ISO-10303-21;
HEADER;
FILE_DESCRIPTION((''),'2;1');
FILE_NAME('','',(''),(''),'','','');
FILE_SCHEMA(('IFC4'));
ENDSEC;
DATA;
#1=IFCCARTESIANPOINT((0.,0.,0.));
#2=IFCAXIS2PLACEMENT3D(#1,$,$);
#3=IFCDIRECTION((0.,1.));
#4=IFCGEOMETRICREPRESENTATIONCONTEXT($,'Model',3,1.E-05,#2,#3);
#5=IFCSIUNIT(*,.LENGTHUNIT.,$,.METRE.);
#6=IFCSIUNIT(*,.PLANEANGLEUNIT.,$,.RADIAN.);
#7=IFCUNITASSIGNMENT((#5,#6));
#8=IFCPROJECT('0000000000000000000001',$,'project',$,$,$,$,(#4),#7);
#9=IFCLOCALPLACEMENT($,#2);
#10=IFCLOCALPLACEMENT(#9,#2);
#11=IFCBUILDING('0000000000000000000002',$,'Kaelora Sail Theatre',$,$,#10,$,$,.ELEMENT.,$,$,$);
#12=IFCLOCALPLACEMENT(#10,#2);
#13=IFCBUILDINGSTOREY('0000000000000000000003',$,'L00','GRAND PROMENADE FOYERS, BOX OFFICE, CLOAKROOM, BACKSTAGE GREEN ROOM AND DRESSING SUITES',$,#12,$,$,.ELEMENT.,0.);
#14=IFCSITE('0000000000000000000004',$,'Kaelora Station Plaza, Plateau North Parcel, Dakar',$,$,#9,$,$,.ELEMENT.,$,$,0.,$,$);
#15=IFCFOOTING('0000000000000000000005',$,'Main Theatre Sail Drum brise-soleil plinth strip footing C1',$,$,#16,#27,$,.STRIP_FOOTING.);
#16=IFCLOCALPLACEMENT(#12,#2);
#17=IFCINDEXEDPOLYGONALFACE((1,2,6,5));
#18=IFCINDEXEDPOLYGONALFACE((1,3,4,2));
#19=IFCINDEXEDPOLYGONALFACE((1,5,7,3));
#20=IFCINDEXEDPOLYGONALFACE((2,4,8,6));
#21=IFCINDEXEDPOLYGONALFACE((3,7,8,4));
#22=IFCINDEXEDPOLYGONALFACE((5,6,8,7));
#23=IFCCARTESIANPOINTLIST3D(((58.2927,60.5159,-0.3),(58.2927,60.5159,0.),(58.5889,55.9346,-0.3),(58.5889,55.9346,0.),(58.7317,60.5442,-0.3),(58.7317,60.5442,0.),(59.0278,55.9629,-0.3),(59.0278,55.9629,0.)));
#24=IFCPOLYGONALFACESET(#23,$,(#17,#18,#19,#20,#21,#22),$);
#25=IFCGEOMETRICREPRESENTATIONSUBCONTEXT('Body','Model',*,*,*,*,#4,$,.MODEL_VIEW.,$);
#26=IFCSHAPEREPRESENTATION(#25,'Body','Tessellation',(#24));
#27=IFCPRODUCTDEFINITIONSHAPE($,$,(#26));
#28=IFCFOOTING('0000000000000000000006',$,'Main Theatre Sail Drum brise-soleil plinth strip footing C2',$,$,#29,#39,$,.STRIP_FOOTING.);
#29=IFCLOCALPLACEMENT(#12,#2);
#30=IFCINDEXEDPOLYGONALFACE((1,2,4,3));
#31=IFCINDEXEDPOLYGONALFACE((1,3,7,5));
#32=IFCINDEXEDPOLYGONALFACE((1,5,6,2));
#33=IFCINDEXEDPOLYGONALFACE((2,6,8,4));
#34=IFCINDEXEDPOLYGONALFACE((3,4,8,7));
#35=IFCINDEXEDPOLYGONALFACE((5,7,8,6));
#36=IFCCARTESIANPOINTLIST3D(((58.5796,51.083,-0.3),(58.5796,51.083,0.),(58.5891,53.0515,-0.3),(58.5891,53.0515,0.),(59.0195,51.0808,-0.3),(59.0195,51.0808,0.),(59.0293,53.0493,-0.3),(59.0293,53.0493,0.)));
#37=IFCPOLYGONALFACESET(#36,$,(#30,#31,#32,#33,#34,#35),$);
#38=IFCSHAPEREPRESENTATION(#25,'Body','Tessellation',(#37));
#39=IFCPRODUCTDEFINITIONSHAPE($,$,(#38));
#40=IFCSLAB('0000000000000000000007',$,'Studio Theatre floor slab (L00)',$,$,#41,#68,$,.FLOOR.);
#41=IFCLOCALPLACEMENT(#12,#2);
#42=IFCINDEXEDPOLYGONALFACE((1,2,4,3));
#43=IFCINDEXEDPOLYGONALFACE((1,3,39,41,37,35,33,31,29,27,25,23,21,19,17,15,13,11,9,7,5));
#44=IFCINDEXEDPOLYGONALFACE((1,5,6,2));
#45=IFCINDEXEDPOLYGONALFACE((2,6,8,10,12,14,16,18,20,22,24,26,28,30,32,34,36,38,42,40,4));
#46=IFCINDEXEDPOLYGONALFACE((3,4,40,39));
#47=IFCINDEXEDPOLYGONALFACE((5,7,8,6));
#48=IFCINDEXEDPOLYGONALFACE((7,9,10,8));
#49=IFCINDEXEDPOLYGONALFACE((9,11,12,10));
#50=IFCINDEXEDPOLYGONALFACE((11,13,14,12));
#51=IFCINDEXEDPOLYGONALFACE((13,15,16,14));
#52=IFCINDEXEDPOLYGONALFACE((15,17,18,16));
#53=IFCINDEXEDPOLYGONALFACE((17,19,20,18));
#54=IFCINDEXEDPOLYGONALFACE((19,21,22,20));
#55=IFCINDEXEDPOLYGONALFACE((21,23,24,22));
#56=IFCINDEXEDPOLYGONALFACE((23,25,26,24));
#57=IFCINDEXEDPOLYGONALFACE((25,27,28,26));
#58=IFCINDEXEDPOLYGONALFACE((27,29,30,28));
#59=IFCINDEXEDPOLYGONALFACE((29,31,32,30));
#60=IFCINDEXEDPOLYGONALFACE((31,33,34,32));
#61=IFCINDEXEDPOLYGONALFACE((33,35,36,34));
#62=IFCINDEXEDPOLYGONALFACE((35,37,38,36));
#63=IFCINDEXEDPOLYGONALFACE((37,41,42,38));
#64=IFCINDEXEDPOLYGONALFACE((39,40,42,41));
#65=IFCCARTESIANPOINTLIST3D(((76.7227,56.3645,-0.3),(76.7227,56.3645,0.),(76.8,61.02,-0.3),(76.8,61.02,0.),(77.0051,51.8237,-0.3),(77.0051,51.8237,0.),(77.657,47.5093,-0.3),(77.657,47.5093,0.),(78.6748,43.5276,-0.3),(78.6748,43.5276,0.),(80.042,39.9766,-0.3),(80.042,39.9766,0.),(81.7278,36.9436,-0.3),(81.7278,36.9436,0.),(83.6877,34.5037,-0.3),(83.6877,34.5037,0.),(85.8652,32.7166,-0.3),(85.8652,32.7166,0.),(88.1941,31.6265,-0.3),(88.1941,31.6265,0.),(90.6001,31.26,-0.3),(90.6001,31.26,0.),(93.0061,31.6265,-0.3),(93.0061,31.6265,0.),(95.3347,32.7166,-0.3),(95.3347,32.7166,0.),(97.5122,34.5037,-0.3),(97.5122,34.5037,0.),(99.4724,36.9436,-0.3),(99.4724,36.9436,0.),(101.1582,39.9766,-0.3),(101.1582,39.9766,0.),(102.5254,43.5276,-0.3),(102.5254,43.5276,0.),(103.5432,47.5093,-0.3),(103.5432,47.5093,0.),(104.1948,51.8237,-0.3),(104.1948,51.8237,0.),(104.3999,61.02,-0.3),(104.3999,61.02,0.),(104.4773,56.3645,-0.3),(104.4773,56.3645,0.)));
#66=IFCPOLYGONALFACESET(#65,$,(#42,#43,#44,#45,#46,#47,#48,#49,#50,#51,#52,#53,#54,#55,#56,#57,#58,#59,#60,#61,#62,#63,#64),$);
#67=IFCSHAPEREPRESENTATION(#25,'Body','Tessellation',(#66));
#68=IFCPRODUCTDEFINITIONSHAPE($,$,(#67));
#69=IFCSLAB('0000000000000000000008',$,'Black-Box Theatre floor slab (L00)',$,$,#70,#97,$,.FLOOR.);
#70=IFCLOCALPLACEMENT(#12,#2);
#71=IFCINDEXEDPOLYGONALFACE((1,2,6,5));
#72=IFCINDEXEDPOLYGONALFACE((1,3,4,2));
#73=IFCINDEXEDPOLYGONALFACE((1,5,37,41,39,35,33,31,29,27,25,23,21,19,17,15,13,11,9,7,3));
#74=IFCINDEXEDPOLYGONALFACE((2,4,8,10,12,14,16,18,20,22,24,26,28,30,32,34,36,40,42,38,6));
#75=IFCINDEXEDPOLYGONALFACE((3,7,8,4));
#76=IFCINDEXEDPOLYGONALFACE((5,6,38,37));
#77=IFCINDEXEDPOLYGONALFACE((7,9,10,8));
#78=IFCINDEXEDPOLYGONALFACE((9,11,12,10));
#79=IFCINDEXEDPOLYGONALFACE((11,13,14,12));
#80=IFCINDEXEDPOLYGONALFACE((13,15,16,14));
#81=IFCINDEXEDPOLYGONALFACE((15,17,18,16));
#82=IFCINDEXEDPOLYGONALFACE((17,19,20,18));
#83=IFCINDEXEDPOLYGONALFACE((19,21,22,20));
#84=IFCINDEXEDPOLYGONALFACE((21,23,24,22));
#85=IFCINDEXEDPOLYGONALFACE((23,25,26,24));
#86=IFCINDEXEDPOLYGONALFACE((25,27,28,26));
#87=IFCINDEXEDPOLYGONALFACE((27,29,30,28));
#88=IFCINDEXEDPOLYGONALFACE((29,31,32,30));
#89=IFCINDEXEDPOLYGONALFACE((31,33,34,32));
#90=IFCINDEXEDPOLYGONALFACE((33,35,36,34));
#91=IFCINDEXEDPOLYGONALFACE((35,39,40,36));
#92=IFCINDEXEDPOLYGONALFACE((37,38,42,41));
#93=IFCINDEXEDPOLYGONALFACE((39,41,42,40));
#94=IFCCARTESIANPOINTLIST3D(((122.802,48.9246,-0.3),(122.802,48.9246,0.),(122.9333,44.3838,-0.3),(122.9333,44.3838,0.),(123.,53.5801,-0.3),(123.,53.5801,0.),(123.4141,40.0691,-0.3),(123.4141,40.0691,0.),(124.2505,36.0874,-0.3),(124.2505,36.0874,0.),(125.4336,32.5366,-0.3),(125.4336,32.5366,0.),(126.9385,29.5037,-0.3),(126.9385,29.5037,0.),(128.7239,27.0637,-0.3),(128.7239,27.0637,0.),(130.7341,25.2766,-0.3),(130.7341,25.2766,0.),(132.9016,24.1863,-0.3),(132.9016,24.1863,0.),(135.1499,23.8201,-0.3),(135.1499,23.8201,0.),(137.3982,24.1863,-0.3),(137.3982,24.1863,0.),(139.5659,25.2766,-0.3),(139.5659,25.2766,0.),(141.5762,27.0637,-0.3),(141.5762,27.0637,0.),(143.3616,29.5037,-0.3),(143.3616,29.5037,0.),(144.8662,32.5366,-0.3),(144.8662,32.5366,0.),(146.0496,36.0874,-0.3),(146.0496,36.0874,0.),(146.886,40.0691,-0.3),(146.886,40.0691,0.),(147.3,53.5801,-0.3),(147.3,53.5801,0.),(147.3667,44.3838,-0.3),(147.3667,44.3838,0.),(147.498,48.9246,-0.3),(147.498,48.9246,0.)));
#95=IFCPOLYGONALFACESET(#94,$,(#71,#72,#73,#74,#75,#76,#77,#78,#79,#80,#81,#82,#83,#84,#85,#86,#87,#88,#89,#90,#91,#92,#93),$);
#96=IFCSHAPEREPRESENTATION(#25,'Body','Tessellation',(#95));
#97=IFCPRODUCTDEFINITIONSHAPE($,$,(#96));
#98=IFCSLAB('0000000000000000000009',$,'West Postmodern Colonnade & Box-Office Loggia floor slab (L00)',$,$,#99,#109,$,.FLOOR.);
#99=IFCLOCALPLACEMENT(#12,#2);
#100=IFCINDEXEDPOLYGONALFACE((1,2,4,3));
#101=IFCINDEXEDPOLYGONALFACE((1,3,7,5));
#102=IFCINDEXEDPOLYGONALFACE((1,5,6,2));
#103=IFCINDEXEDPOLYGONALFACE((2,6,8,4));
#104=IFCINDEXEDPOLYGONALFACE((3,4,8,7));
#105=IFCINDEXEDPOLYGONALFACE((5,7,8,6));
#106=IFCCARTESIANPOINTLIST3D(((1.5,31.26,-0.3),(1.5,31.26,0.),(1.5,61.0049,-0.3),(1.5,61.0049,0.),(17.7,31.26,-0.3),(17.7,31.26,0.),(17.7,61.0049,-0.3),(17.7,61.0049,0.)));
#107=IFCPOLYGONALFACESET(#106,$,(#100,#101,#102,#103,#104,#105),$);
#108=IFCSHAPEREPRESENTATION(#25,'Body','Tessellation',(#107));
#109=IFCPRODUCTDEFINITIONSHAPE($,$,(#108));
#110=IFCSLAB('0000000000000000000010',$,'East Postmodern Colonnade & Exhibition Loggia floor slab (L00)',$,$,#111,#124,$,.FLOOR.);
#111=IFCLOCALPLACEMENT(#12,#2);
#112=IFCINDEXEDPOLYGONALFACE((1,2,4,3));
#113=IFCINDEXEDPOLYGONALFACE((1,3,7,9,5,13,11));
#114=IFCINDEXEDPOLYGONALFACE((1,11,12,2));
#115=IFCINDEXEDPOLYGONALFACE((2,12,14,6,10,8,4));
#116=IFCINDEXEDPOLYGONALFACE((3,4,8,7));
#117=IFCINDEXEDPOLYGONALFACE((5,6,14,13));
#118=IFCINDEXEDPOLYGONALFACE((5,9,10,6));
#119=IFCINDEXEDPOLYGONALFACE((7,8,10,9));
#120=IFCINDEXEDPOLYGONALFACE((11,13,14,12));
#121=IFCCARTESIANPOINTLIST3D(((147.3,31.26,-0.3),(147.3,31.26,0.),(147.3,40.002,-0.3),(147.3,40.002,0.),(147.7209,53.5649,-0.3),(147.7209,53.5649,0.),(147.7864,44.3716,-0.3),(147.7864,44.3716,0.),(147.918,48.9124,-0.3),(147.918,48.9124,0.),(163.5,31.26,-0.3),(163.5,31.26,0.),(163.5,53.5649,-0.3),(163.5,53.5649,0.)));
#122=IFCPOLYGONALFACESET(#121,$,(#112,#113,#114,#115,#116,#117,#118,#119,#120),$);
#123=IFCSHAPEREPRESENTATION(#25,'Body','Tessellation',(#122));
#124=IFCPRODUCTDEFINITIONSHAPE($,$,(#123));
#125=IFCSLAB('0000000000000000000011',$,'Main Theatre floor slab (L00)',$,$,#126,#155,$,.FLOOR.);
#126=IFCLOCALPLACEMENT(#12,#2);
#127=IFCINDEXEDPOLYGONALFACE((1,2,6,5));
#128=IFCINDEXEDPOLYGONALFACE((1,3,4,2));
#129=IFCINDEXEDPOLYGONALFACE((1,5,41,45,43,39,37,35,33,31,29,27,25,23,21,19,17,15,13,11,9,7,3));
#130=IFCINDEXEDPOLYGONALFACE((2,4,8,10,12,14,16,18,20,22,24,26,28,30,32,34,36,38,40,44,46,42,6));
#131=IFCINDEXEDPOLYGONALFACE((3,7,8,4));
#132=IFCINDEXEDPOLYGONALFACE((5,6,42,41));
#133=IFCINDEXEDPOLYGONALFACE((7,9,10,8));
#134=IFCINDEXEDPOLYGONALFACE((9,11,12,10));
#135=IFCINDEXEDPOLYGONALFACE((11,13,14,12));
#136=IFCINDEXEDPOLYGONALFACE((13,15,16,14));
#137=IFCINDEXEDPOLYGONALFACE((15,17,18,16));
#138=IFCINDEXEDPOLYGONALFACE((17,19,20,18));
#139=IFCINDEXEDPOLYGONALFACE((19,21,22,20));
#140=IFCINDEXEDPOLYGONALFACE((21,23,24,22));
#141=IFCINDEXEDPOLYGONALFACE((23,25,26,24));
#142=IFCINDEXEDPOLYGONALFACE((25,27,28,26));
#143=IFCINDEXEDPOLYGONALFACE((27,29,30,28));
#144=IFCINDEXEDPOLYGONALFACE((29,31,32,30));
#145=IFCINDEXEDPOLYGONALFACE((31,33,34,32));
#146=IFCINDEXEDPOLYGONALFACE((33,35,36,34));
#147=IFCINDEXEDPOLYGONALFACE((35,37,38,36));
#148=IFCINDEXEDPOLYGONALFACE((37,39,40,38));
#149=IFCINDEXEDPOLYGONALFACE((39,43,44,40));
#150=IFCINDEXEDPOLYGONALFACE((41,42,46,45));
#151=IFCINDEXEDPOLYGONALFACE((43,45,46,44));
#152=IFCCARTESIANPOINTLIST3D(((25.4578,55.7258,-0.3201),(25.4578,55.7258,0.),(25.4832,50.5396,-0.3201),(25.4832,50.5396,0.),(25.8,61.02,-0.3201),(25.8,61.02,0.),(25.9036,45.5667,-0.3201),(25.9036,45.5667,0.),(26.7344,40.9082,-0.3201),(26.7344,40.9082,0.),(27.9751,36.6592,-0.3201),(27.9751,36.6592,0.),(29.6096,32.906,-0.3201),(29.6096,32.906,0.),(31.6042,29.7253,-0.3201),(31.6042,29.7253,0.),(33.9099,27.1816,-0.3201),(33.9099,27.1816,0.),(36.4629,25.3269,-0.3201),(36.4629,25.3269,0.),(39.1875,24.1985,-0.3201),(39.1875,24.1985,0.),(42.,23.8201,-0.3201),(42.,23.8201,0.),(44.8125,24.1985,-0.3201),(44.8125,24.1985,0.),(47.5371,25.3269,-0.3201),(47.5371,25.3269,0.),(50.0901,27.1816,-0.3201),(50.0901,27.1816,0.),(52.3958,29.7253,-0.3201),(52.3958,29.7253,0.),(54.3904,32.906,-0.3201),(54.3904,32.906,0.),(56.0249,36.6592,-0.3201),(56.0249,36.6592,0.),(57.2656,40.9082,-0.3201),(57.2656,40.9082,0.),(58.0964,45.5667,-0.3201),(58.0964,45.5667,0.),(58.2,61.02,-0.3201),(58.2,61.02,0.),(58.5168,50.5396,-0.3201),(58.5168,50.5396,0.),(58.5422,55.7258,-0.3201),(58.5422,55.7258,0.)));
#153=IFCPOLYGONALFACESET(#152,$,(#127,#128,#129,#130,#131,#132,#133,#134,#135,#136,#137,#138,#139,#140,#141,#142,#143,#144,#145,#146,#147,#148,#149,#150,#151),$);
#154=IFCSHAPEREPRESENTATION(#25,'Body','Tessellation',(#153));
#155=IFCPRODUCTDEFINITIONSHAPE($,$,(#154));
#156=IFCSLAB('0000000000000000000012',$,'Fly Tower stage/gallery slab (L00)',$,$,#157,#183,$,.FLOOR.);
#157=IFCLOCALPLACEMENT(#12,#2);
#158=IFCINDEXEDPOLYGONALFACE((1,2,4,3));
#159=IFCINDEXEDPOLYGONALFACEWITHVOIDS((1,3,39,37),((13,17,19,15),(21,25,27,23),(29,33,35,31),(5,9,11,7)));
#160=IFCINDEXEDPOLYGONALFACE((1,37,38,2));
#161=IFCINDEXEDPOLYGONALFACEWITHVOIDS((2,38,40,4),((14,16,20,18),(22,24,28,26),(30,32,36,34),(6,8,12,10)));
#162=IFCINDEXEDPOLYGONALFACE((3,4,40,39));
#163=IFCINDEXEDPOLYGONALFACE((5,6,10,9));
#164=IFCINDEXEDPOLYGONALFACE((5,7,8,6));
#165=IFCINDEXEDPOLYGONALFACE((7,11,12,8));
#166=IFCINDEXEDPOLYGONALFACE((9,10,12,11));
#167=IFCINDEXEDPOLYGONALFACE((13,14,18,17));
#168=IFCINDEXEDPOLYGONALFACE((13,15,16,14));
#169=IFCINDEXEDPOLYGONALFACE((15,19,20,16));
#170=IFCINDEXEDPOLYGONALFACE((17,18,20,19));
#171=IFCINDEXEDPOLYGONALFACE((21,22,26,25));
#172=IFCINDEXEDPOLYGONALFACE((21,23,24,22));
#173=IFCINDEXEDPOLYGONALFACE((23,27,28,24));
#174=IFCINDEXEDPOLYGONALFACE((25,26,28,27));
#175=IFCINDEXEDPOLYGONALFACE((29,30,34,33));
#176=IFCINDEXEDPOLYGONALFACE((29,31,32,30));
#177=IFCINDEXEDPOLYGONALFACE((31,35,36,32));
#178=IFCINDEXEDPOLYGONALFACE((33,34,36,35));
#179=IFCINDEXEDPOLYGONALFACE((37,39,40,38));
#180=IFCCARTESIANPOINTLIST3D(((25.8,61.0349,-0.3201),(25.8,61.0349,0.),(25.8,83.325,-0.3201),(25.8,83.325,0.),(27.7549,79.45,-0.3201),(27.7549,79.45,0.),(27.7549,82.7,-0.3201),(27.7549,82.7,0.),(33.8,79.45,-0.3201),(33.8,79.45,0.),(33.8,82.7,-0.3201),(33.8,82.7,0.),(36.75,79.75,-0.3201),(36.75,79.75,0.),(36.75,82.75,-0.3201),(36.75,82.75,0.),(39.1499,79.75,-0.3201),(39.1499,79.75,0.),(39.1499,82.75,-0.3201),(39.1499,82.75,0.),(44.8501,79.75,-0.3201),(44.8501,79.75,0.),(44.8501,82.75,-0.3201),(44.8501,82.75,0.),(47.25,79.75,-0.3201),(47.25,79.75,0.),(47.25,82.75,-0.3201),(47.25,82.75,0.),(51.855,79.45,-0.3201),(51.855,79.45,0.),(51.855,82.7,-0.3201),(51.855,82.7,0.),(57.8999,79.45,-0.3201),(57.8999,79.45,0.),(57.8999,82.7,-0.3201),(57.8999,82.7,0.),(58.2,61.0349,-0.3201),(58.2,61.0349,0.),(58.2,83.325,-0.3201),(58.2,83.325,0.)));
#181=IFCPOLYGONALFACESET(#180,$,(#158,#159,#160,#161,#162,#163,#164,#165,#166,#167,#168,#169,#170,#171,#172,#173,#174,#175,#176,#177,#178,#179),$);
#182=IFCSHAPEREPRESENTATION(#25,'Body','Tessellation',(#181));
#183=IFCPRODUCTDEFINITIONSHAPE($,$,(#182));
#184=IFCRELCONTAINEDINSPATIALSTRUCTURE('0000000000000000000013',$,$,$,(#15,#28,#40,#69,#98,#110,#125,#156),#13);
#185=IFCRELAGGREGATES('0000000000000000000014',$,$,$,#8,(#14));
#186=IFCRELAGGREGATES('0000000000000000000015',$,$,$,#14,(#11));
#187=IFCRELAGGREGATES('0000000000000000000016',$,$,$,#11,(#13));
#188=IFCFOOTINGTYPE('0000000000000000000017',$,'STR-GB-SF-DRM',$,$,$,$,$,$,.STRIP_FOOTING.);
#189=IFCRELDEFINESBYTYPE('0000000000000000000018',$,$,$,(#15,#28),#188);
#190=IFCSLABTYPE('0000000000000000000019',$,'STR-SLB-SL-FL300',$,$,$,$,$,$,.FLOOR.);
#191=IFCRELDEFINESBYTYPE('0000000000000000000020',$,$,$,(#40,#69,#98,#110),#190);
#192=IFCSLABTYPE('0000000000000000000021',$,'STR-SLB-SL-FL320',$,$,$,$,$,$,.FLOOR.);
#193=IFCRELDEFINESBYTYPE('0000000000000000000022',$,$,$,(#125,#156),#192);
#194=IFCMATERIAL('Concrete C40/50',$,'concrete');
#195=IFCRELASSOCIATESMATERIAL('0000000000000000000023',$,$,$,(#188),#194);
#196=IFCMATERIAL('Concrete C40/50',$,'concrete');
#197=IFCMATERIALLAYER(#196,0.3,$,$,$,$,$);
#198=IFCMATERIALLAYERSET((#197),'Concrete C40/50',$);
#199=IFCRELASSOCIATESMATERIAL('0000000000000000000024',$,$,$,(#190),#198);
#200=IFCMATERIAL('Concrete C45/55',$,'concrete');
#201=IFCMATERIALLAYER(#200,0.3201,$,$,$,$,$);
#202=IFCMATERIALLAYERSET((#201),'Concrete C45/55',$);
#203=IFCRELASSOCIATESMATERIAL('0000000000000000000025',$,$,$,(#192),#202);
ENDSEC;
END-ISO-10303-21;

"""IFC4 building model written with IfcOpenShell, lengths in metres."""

from ifc_helpers import new_model, si_unit, direction, frame, origin, place, context, subcontext, project, spatial, polyline, outline, extrude, material, layer, layer_set, type_object, element, save


model = new_model("IFC4")

# Units and contexts
model_context = context("Model", 3, precision=1e-05, world=origin(), true_north=direction((0.0, 1.0)))
body_context = subcontext(model_context, "Body", "Model", "MODEL_VIEW")
ifc_project = project(units=[si_unit("LENGTHUNIT", "METRE"), si_unit("PLANEANGLEUNIT", "RADIAN")], contexts=[model_context])

# Site, building, storey
site_placement = place(None, origin())
site = spatial("IfcSite", under=ifc_project, at=site_placement, Name="Kaelora Station Plaza, Plateau North Parcel, Dakar", CompositionType="ELEMENT", RefElevation=0.0)
building_placement = place(site_placement, origin())
building = spatial("IfcBuilding", under=site, at=building_placement, Name="Kaelora Sail Theatre", CompositionType="ELEMENT")
storey_placement = place(building_placement, origin())
storey = spatial("IfcBuildingStorey", under=building, at=storey_placement, Name="L00", Description="GRAND PROMENADE FOYERS, BOX OFFICE, CLOAKROOM, BACKSTAGE GREEN ROOM AND DRESSING SUITES", CompositionType="ELEMENT", Elevation=0.0)

# Footings
ifc_material_1 = material(Name="Concrete C40/50", Category="concrete")
footing_type = type_object("IfcFootingType", Name="STR-GB-SF-DRM", PredefinedType="STRIP_FOOTING", material=ifc_material_1)
footing_1_placement = place(storey_placement, frame((0.0, 0.0, -0.3)))
element("IfcFooting", 1, at=footing_1_placement, inside=storey, type_object=footing_type, Name="Main Theatre Sail Drum brise-soleil plinth strip footing C1", PredefinedType="STRIP_FOOTING", context=body_context, shape_type="SweptSolid", body=[
    extrude(outline(polyline([(58.2927, 60.5159), (58.5889, 55.9346), (59.0278, 55.9629), (58.7317, 60.5442), (58.2927, 60.5159)])), origin(), (0.0, 0.0, 1.0), 0.3),
])
footing_2_placement = place(storey_placement, frame((0.0, 0.0, -0.3)))
element("IfcFooting", 2, at=footing_2_placement, inside=storey, type_object=footing_type, Name="Main Theatre Sail Drum brise-soleil plinth strip footing C2", PredefinedType="STRIP_FOOTING", context=body_context, shape_type="SweptSolid", body=[
    extrude(outline(polyline([(58.5891, 53.0515), (58.5796, 51.083), (59.0195, 51.0808), (59.0293, 53.0493), (58.5891, 53.0515)])), origin(), (0.0, 0.0, 1.0), 0.3),
])

# Slabs
ifc_material_2 = material(Name="Concrete C40/50", Category="concrete")
ifc_layer_1 = layer(ifc_material_2, 0.3)
ifc_layer_set_1 = layer_set([ifc_layer_1], Name="Concrete C40/50")
slab_type_1 = type_object("IfcSlabType", Name="STR-SLB-SL-FL300", PredefinedType="FLOOR", material=ifc_layer_set_1)
slab_1_placement = place(storey_placement, frame((0.0, 0.0, -0.3)))
element("IfcSlab", 3, at=slab_1_placement, inside=storey, type_object=slab_type_1, Name="Studio Theatre floor slab (L00)", PredefinedType="FLOOR", context=body_context, shape_type="SweptSolid", body=[
    extrude(outline(polyline([(104.3999, 61.02), (104.4773, 56.3645), (104.1948, 51.8237), (103.5432, 47.5093), (102.5254, 43.5276), (101.1582, 39.9766), (99.4724, 36.9436), (97.5122, 34.5037), (95.3347, 32.7166), (93.0061, 31.6265), (90.6001, 31.26), (88.1941, 31.6265), (85.8652, 32.7166), (83.6877, 34.5037), (81.7278, 36.9436), (80.042, 39.9766), (78.6748, 43.5276), (77.657, 47.5093), (77.0051, 51.8237), (76.7227, 56.3645), (76.8, 61.02), (104.3999, 61.02)])), origin(), (0.0, 0.0, 1.0), 0.3),
])
slab_2_placement = place(storey_placement, frame((0.0, 0.0, -0.3)))
element("IfcSlab", 4, at=slab_2_placement, inside=storey, type_object=slab_type_1, Name="Black-Box Theatre floor slab (L00)", PredefinedType="FLOOR", context=body_context, shape_type="SweptSolid", body=[
    extrude(outline(polyline([(147.3, 53.5801), (147.498, 48.9246), (147.3667, 44.3838), (146.886, 40.0691), (146.0496, 36.0874), (144.8662, 32.5366), (143.3616, 29.5037), (141.5762, 27.0637), (139.5659, 25.2766), (137.3982, 24.1863), (135.1499, 23.8201), (132.9016, 24.1863), (130.7341, 25.2766), (128.7239, 27.0637), (126.9385, 29.5037), (125.4336, 32.5366), (124.2505, 36.0874), (123.4141, 40.0691), (122.9333, 44.3838), (122.802, 48.9246), (123.0, 53.5801), (147.3, 53.5801)])), origin(), (0.0, 0.0, 1.0), 0.3),
])
slab_3_placement = place(storey_placement, frame((0.0, 0.0, -0.3)))
element("IfcSlab", 5, at=slab_3_placement, inside=storey, type_object=slab_type_1, Name="West Postmodern Colonnade & Box-Office Loggia floor slab (L00)", PredefinedType="FLOOR", context=body_context, shape_type="SweptSolid", body=[
    extrude(outline(polyline([(1.5, 31.26), (1.5, 61.0049), (17.7, 61.0049), (17.7, 31.26), (1.5, 31.26)])), origin(), (0.0, 0.0, 1.0), 0.3),
])
slab_4_placement = place(storey_placement, frame((0.0, 0.0, -0.3)))
element("IfcSlab", 6, at=slab_4_placement, inside=storey, type_object=slab_type_1, Name="East Postmodern Colonnade & Exhibition Loggia floor slab (L00)", PredefinedType="FLOOR", context=body_context, shape_type="SweptSolid", body=[
    extrude(outline(polyline([(163.5, 53.5649), (163.5, 31.26), (147.3, 31.26), (147.3, 40.002), (147.7864, 44.3716), (147.918, 48.9124), (147.7209, 53.5649), (163.5, 53.5649)])), origin(), (0.0, 0.0, 1.0), 0.3),
])
ifc_material_3 = material(Name="Concrete C45/55", Category="concrete")
ifc_layer_2 = layer(ifc_material_3, 0.3201)
ifc_layer_set_2 = layer_set([ifc_layer_2], Name="Concrete C45/55")
slab_type_2 = type_object("IfcSlabType", Name="STR-SLB-SL-FL320", PredefinedType="FLOOR", material=ifc_layer_set_2)
slab_5_placement = place(storey_placement, frame((0.0, 0.0, -0.3201)))
element("IfcSlab", 7, at=slab_5_placement, inside=storey, type_object=slab_type_2, Name="Main Theatre floor slab (L00)", PredefinedType="FLOOR", context=body_context, shape_type="SweptSolid", body=[
    extrude(outline(polyline([(58.2, 61.02), (58.5422, 55.7258), (58.5168, 50.5396), (58.0964, 45.5667), (57.2656, 40.9082), (56.0249, 36.6592), (54.3904, 32.906), (52.3958, 29.7253), (50.0901, 27.1816), (47.5371, 25.3269), (44.8125, 24.1985), (42.0, 23.8201), (39.1875, 24.1985), (36.4629, 25.3269), (33.9099, 27.1816), (31.6042, 29.7253), (29.6096, 32.906), (27.9751, 36.6592), (26.7344, 40.9082), (25.9036, 45.5667), (25.4832, 50.5396), (25.4578, 55.7258), (25.8, 61.02), (58.2, 61.02)])), origin(), (0.0, 0.0, 1.0), 0.3201),
])
slab_6_placement = place(storey_placement, frame((0.0, 0.0, -0.3201)))
element("IfcSlab", 8, at=slab_6_placement, inside=storey, type_object=slab_type_2, Name="Fly Tower stage/gallery slab (L00)", PredefinedType="FLOOR", context=body_context, shape_type="SweptSolid", body=[
    extrude(outline(polyline([(25.8, 61.0349), (58.2, 61.0349), (58.2, 83.325), (25.8, 83.325), (25.8, 61.0349)]), holes=[polyline([(27.7549, 79.45), (33.8, 79.45), (33.8, 82.7), (27.7549, 82.7), (27.7549, 79.45)]), polyline([(51.855, 79.45), (57.8999, 79.45), (57.8999, 82.7), (51.855, 82.7), (51.855, 79.45)]), polyline([(36.75, 79.75), (39.1499, 79.75), (39.1499, 82.75), (36.75, 82.75), (36.75, 79.75)]), polyline([(44.8501, 79.75), (47.25, 79.75), (47.25, 82.75), (44.8501, 82.75), (44.8501, 79.75)])]), origin(), (0.0, 0.0, 1.0), 0.3201),
])

save(model, "model.ifc")
